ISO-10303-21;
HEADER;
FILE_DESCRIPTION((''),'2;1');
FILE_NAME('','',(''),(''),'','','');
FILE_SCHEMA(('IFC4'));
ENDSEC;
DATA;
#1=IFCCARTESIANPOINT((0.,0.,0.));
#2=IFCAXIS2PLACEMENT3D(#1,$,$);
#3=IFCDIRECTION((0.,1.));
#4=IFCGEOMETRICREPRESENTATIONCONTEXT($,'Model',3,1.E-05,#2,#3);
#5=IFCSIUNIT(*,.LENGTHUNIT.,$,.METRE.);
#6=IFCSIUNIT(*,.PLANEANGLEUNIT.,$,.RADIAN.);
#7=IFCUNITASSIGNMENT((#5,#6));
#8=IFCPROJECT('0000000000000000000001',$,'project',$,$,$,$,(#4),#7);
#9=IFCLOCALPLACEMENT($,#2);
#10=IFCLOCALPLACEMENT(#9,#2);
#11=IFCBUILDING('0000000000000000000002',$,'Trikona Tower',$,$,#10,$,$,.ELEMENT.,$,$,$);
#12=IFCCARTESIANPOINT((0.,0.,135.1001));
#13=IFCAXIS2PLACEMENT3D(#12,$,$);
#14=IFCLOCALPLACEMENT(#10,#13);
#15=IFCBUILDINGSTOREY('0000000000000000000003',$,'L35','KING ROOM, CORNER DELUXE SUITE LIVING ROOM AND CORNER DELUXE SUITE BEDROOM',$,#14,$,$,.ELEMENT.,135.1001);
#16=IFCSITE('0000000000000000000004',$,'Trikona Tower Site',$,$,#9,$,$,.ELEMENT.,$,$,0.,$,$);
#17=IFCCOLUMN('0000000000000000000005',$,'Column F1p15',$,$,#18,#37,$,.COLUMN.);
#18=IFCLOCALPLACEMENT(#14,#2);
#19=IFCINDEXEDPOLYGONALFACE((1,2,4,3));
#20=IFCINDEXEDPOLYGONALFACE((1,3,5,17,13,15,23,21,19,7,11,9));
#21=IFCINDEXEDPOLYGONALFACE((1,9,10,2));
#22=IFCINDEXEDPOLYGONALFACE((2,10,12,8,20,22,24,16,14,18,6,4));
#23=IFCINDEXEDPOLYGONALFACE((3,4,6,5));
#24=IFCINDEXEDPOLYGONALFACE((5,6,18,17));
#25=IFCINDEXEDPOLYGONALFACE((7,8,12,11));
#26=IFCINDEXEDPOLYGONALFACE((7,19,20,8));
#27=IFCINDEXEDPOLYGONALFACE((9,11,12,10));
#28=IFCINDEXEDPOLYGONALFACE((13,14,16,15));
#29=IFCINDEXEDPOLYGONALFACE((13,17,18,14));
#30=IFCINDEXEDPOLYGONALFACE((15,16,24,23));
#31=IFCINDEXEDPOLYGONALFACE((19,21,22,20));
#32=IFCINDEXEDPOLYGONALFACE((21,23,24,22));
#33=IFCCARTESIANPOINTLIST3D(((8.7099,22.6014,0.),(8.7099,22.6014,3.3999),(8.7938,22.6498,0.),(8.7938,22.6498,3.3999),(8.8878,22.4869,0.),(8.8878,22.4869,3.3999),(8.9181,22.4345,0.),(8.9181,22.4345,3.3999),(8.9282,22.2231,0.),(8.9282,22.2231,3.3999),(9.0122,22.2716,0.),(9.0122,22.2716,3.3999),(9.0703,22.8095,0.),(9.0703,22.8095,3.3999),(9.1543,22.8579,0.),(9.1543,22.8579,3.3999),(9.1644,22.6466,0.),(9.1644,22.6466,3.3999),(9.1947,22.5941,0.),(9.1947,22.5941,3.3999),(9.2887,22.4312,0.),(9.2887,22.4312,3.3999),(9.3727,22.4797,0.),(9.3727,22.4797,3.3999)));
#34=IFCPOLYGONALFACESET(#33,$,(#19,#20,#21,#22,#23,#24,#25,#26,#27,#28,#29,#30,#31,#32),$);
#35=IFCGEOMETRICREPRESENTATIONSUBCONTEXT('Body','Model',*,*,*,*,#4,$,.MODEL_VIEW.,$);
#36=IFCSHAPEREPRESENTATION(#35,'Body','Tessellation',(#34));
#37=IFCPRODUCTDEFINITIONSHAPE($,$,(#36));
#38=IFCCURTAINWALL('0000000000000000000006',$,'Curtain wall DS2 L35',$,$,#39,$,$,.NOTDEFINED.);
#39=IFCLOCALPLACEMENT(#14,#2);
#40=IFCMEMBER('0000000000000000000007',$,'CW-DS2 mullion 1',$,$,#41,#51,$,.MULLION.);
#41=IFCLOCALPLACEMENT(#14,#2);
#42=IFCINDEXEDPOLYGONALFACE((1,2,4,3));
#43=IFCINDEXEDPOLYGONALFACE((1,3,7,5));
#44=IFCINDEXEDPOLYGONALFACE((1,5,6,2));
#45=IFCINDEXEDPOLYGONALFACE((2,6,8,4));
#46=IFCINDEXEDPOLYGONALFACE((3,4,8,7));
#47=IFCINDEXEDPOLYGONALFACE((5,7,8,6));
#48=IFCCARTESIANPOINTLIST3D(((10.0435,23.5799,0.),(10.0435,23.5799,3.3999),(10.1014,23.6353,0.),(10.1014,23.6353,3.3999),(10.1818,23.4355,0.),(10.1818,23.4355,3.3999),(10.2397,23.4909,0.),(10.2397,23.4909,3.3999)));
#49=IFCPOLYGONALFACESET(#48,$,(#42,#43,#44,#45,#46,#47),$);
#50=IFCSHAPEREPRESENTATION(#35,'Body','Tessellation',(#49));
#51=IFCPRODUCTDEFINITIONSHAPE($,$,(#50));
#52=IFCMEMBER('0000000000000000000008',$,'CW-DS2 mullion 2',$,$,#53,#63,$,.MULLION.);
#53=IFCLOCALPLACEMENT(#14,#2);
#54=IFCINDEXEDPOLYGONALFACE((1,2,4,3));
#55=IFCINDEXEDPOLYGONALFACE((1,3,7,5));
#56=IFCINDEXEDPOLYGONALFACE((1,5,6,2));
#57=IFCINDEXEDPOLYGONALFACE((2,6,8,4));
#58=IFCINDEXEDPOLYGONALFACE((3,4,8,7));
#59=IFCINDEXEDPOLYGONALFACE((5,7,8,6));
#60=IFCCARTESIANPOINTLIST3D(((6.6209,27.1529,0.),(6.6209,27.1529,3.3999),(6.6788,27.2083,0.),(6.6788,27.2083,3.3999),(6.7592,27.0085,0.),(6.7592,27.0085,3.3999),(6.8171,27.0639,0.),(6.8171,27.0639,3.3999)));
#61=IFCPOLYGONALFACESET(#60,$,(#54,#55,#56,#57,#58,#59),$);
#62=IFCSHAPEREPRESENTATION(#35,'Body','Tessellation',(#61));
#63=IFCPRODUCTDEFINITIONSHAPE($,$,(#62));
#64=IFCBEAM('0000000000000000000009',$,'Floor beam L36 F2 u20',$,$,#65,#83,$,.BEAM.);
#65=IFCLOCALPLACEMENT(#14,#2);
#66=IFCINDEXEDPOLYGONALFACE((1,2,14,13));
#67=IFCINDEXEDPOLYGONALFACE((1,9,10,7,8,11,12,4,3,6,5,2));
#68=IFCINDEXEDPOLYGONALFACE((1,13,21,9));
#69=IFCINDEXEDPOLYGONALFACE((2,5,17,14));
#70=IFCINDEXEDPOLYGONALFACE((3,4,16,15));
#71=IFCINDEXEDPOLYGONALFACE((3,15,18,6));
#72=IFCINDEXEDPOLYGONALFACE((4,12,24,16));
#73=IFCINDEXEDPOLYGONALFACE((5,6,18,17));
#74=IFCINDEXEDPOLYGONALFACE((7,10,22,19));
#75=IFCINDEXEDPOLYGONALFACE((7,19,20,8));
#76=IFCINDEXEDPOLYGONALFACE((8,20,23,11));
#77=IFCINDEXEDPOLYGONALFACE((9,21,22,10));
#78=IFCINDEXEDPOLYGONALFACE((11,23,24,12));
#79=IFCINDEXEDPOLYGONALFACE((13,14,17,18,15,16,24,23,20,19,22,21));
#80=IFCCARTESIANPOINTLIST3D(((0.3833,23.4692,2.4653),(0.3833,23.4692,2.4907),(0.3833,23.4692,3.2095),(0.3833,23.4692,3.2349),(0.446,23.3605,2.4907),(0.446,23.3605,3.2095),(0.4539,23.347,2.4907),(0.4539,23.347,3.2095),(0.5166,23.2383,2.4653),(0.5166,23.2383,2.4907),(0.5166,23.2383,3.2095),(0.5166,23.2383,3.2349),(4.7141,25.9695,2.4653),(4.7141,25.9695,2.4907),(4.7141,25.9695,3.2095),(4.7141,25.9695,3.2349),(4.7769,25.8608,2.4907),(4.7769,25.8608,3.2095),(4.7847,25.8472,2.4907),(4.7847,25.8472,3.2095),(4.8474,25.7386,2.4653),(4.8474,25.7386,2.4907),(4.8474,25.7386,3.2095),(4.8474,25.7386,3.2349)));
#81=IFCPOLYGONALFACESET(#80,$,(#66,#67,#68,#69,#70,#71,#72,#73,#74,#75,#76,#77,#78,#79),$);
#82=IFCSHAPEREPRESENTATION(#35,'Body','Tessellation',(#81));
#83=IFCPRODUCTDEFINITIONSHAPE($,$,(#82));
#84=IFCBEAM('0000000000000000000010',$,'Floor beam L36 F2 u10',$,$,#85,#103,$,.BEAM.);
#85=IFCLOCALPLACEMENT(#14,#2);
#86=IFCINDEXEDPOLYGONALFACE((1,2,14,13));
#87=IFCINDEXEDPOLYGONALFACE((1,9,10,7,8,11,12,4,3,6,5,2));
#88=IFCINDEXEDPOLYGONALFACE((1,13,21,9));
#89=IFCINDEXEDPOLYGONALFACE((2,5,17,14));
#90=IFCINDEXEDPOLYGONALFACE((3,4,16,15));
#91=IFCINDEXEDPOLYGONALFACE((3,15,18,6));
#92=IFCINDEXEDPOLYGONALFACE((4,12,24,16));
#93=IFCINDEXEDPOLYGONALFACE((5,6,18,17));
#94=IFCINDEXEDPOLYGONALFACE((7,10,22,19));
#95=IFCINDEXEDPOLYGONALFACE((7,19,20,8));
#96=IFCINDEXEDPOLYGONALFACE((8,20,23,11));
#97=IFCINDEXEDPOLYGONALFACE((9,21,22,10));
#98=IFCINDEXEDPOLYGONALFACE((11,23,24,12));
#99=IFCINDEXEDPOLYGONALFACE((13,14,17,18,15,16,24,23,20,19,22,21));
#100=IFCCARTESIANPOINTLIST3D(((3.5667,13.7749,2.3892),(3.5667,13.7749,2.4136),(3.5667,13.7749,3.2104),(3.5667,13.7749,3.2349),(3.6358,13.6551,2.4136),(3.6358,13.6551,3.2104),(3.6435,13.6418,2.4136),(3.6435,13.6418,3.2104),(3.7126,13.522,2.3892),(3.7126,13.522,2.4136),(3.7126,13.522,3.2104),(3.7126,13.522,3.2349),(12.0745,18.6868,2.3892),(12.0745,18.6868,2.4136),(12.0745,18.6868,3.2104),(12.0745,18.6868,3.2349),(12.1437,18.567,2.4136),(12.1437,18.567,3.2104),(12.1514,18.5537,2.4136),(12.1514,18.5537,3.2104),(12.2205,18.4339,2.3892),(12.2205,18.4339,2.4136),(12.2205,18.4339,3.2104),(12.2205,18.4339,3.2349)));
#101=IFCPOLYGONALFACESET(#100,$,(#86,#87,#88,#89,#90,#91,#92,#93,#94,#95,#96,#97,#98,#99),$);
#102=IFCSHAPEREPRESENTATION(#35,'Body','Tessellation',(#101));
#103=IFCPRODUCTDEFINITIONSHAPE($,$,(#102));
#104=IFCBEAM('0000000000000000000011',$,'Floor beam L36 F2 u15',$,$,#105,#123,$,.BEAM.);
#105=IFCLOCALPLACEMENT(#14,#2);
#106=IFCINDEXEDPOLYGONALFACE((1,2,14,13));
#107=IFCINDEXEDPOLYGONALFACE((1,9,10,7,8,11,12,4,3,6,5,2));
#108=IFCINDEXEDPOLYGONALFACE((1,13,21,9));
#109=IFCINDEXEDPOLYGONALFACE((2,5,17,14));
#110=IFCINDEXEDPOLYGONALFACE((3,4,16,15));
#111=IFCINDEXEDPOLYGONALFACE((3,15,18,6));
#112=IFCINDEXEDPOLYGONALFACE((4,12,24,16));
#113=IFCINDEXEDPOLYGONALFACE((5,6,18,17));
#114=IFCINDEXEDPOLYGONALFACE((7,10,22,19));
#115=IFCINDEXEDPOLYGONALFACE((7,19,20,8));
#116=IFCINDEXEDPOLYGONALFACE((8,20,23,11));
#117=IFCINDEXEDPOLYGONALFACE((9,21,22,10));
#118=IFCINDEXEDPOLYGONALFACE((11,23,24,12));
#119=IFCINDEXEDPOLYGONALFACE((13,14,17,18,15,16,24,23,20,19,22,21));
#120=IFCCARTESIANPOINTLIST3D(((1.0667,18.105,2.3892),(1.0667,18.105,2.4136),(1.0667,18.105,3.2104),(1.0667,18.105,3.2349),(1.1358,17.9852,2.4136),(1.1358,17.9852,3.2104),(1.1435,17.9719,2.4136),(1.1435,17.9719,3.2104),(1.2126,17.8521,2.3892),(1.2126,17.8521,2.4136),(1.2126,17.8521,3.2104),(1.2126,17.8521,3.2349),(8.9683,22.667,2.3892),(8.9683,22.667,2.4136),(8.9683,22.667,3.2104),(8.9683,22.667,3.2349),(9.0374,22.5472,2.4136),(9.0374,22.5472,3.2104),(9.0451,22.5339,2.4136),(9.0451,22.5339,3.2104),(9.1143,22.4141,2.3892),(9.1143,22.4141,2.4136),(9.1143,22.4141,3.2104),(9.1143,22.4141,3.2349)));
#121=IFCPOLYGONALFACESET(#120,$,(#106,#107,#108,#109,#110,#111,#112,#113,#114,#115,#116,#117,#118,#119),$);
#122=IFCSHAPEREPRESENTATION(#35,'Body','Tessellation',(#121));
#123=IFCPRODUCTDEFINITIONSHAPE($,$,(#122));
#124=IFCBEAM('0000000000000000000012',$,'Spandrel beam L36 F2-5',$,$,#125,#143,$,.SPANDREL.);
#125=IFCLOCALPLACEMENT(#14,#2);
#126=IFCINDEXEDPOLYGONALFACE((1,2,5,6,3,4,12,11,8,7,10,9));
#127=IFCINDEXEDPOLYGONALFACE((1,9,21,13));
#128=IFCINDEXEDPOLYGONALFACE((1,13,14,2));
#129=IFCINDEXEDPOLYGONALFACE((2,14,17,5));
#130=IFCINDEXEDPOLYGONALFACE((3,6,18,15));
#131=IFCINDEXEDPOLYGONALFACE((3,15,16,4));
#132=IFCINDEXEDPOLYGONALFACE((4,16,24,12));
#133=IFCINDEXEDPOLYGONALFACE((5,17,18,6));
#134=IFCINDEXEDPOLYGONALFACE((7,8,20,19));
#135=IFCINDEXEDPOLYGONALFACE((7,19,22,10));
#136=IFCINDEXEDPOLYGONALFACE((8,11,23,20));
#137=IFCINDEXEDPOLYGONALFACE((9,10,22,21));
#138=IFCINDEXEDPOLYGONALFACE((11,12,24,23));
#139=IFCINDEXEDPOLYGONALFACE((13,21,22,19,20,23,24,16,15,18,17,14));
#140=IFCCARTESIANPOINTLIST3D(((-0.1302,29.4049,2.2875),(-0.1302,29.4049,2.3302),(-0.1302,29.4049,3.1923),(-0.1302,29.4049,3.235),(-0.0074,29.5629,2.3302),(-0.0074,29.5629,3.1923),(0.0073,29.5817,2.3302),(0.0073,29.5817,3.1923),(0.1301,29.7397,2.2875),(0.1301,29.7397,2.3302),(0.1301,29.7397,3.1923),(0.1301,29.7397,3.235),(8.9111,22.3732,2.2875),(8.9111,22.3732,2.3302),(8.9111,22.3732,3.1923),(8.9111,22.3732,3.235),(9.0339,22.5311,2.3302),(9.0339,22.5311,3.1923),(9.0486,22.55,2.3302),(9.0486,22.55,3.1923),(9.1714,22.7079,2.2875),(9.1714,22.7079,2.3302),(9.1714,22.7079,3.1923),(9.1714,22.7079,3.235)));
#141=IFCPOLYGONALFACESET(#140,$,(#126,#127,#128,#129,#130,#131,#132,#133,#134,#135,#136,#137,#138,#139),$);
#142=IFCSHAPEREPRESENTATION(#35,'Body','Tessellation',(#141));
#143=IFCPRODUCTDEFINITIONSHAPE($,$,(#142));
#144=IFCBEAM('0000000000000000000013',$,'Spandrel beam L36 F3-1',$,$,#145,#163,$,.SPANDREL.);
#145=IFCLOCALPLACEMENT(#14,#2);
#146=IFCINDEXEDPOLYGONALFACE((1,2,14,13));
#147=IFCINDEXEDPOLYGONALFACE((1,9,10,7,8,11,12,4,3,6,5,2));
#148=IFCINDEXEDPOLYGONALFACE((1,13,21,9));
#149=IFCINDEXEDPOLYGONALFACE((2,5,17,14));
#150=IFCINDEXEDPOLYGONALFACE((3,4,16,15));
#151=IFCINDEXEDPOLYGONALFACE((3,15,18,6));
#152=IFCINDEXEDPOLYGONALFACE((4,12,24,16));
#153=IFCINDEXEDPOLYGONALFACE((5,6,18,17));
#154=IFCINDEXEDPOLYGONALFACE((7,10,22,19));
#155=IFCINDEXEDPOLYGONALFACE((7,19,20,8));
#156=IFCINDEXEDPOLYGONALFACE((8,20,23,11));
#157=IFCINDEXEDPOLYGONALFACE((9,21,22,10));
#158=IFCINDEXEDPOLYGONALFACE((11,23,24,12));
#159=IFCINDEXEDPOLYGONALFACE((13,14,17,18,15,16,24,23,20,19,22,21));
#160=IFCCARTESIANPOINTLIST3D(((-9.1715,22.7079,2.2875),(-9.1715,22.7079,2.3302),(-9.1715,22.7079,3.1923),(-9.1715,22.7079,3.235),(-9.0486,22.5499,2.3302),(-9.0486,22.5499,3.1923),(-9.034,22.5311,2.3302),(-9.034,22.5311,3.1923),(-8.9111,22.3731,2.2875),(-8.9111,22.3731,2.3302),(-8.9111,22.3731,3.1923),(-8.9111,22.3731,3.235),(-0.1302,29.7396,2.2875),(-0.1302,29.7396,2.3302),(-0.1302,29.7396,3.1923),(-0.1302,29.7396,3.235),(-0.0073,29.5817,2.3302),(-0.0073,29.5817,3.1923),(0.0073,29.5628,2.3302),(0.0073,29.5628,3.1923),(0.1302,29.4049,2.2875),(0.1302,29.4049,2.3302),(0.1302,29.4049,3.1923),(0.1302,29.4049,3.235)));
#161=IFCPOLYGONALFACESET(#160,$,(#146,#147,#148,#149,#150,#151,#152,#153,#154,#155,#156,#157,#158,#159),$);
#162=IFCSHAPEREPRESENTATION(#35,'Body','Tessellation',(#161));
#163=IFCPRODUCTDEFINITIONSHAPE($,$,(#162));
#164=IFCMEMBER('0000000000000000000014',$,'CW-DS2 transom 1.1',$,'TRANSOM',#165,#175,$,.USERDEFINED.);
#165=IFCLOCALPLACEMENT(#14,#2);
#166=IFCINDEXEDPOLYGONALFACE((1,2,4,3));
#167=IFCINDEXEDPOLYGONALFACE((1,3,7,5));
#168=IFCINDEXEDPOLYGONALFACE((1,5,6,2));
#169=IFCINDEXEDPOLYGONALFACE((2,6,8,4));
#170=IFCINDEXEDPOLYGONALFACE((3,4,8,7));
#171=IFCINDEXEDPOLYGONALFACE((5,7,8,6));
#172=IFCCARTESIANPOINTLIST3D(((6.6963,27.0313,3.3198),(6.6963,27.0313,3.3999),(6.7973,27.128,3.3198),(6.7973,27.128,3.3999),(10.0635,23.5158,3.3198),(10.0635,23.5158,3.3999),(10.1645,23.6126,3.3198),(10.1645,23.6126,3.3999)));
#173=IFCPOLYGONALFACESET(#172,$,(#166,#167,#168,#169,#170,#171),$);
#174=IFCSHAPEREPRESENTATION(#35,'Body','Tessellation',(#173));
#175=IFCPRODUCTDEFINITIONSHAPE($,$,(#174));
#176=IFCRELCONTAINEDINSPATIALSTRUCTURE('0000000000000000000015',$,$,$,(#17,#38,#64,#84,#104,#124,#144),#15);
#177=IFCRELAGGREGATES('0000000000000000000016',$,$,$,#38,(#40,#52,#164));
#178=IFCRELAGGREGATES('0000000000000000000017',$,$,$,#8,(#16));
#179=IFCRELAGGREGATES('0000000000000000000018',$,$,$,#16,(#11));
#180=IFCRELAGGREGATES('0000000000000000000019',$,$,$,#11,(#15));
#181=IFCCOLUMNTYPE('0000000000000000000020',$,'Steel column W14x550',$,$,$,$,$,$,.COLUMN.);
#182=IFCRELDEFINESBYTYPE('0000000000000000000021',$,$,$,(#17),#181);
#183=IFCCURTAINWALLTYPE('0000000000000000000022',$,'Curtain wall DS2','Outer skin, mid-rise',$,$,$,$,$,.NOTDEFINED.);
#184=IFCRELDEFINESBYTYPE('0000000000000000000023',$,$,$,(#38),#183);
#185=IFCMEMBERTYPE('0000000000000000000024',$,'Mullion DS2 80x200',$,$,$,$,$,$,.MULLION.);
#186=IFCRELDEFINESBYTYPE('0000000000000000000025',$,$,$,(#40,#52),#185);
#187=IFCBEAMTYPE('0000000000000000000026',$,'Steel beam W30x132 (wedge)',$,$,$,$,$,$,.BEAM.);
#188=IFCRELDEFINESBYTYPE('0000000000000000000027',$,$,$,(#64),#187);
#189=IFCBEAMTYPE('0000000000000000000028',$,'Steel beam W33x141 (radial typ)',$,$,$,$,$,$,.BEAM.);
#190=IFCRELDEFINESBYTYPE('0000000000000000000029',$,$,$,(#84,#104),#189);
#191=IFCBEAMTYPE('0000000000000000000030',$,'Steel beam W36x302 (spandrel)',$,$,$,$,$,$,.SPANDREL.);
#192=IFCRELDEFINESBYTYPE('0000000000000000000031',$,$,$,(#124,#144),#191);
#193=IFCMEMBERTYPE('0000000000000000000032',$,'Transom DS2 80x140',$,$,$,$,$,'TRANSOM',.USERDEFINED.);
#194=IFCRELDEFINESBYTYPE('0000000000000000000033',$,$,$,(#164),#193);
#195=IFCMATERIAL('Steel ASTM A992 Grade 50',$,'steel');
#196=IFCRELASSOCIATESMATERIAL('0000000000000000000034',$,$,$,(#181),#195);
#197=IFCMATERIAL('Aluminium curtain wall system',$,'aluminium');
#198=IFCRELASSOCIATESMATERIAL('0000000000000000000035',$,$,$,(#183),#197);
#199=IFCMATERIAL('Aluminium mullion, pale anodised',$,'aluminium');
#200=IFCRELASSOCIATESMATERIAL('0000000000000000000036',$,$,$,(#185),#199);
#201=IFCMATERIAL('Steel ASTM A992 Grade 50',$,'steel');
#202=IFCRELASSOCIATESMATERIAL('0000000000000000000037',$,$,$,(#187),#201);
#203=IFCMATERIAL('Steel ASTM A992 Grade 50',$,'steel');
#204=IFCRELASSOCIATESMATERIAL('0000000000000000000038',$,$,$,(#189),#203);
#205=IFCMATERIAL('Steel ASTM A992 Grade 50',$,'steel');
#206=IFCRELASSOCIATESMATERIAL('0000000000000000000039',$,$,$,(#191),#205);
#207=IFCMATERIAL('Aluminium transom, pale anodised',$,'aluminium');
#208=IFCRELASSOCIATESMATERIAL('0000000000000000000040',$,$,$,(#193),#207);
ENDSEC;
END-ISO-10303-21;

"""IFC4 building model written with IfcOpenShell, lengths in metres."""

from ifc_helpers import new_model, si_unit, direction, frame, origin, origin_2d, place, context, subcontext, project, spatial, rectangle, i_section, extrude, material, material_profile, profile_set, type_object, element, aggregate, save


model = new_model("IFC4")

# Units and contexts
model_context = context("Model", 3, precision=1e-05, world=origin(), true_north=direction((0.0, 1.0)))
body_context = subcontext(model_context, "Body", "Model", "MODEL_VIEW")
ifc_project = project(units=[si_unit("LENGTHUNIT", "METRE"), si_unit("PLANEANGLEUNIT", "RADIAN")], contexts=[model_context])

# Site, building, storey
site_placement = place(None, origin())
site = spatial("IfcSite", under=ifc_project, at=site_placement, Name="Trikona Tower Site", CompositionType="ELEMENT", RefElevation=0.0)
building_placement = place(site_placement, origin())
building = spatial("IfcBuilding", under=site, at=building_placement, Name="Trikona Tower", CompositionType="ELEMENT")
storey_placement = place(building_placement, frame((0.0, 0.0, 135.1001)))
storey = spatial("IfcBuildingStorey", under=building, at=storey_placement, Name="L35", Description="KING ROOM, CORNER DELUXE SUITE LIVING ROOM AND CORNER DELUXE SUITE BEDROOM", CompositionType="ELEMENT", Elevation=135.1001)

# Column
ifc_material_1 = material(Name="Steel ASTM A992 Grade 50", Category="steel")
ifc_material_profile_1 = material_profile(ifc_material_1, i_section(OverallWidth=0.4368, OverallDepth=0.5132, WebThickness=0.0605, FlangeThickness=0.0969, at=origin_2d()), Name="W14X550")
ifc_profile_set_1 = profile_set([ifc_material_profile_1], Name="Steel ASTM A992 Grade 50")
column_type = type_object("IfcColumnType", Name="Steel column W14x550", PredefinedType="COLUMN", material=ifc_profile_set_1)
column_placement = place(storey_placement, frame((9.0413, 22.5405, 0.0), z_axis=(0.0, 0.0, 1.0), x_axis=(-0.5, 0.866025, 0.0)))
element("IfcColumn", 1, at=column_placement, inside=storey, type_object=column_type, Name="Column F1p15", PredefinedType="COLUMN", context=body_context, shape_type="SweptSolid", body=[
    extrude(i_section(OverallWidth=0.4368, OverallDepth=0.5132, WebThickness=0.0605, FlangeThickness=0.0969, at=origin_2d()), origin(), (0.0, 0.0, 1.0), 3.3999),
])

# Curtain wall, members
ifc_material_2 = material(Name="Aluminium curtain wall system", Category="aluminium")
curtain_wall_type = type_object("IfcCurtainWallType", Name="Curtain wall DS2", Description="Outer skin, mid-rise", PredefinedType="NOTDEFINED", material=ifc_material_2)
curtain_wall_placement = place(storey_placement, origin())
curtain_wall = element("IfcCurtainWall", 2, at=curtain_wall_placement, inside=storey, type_object=curtain_wall_type, Name="Curtain wall DS2 L35", PredefinedType="NOTDEFINED")
ifc_material_3 = material(Name="Aluminium mullion, pale anodised", Category="aluminium")
ifc_material_profile_2 = material_profile(ifc_material_3, rectangle(XDim=0.0801, YDim=0.2, at=origin_2d()), Name="MUL-DS2")
ifc_profile_set_2 = profile_set([ifc_material_profile_2], Name="Aluminium mullion, pale anodised")
member_type_1 = type_object("IfcMemberType", Name="Mullion DS2 80x200", PredefinedType="MULLION", material=ifc_profile_set_2)
member_1_placement = place(storey_placement, frame((10.1416, 23.5354, 0.0), z_axis=(0.0, 0.0, 1.0), x_axis=(-0.722158, -0.691728, 0.0)))
member_1 = element("IfcMember", 3, at=member_1_placement, type_object=member_type_1, Name="CW-DS2 mullion 1", PredefinedType="MULLION", context=body_context, shape_type="SweptSolid", body=[
    extrude(rectangle(XDim=0.0801, YDim=0.2, at=origin_2d()), origin(), (0.0, 0.0, 1.0), 3.3999),
])
member_2_placement = place(storey_placement, frame((6.719, 27.1084, 0.0), z_axis=(0.0, 0.0, 1.0), x_axis=(-0.722158, -0.691728, 0.0)))
member_2 = element("IfcMember", 4, at=member_2_placement, type_object=member_type_1, Name="CW-DS2 mullion 2", PredefinedType="MULLION", context=body_context, shape_type="SweptSolid", body=[
    extrude(rectangle(XDim=0.0801, YDim=0.2, at=origin_2d()), origin(), (0.0, 0.0, 1.0), 3.3999),
])

# Beams
ifc_material_4 = material(Name="Steel ASTM A992 Grade 50", Category="steel")
ifc_material_profile_3 = material_profile(ifc_material_4, i_section(OverallWidth=0.2666, OverallDepth=0.7695, WebThickness=0.0156, FlangeThickness=0.0254, at=origin_2d()), Name="W30X132")
ifc_profile_set_3 = profile_set([ifc_material_profile_3], Name="Steel ASTM A992 Grade 50")
beam_type_1 = type_object("IfcBeamType", Name="Steel beam W30x132 (wedge)", PredefinedType="BEAM", material=ifc_profile_set_3)
beam_1_placement = place(storey_placement, frame((0.45, 23.3538, 2.8501), z_axis=(0.866038, 0.499977, 0.0), x_axis=(-0.499977, 0.866038, 0.0)))
element("IfcBeam", 5, at=beam_1_placement, inside=storey, type_object=beam_type_1, Name="Floor beam L36 F2 u20", PredefinedType="BEAM", context=body_context, shape_type="SweptSolid", body=[
    extrude(i_section(OverallWidth=0.2666, OverallDepth=0.7695, WebThickness=0.0156, FlangeThickness=0.0254, at=origin_2d()), origin(), (0.0, 0.0, 1.0), 5.0007),
])
ifc_material_5 = material(Name="Steel ASTM A992 Grade 50", Category="steel")
ifc_material_profile_4 = material_profile(ifc_material_5, i_section(OverallWidth=0.292, OverallDepth=0.8457, WebThickness=0.0154, FlangeThickness=0.0244, at=origin_2d()), Name="W33X141")
ifc_profile_set_4 = profile_set([ifc_material_profile_4], Name="Steel ASTM A992 Grade 50")
beam_type_2 = type_object("IfcBeamType", Name="Steel beam W33x141 (radial typ)", PredefinedType="BEAM", material=ifc_profile_set_4)
beam_2_placement = place(storey_placement, frame((3.6396, 13.6484, 2.812), z_axis=(0.866031, 0.499991, 0.0), x_axis=(-0.499991, 0.866031, 0.0)))
element("IfcBeam", 6, at=beam_2_placement, inside=storey, type_object=beam_type_2, Name="Floor beam L36 F2 u10", PredefinedType="BEAM", context=body_context, shape_type="SweptSolid", body=[
    extrude(i_section(OverallWidth=0.292, OverallDepth=0.8457, WebThickness=0.0154, FlangeThickness=0.0244, at=origin_2d()), origin(), (0.0, 0.0, 1.0), 9.824),
])
beam_3_placement = place(storey_placement, frame((1.1396, 17.9785, 2.812), z_axis=(0.866025, 0.500001, 0.0), x_axis=(-0.500001, 0.866025, 0.0)))
element("IfcBeam", 7, at=beam_3_placement, inside=storey, type_object=beam_type_2, Name="Floor beam L36 F2 u15", PredefinedType="BEAM", context=body_context, shape_type="SweptSolid", body=[
    extrude(i_section(OverallWidth=0.292, OverallDepth=0.8457, WebThickness=0.0154, FlangeThickness=0.0244, at=origin_2d()), origin(), (0.0, 0.0, 1.0), 9.124),
])
ifc_material_6 = material(Name="Steel ASTM A992 Grade 50", Category="steel")
ifc_material_profile_5 = material_profile(ifc_material_6, i_section(OverallWidth=0.4241, OverallDepth=0.9475, WebThickness=0.0239, FlangeThickness=0.0427, at=origin_2d()), Name="W36X302")
ifc_profile_set_5 = profile_set([ifc_material_profile_5], Name="Steel ASTM A992 Grade 50")
beam_type_3 = type_object("IfcBeamType", Name="Steel beam W36x302 (spandrel)", PredefinedType="SPANDREL", material=ifc_profile_set_5)
for number, where, z_axis, x_axis, name in (
    (8, (9.0413, 22.5405, 2.7612), (-0.789367, 0.613921, 0.0), (-0.613921, -0.789367, 0.0), "Spandrel beam L36 F2-5"),
    (9, (0.0, 29.5723, 2.7612), (-0.789367, -0.613921, 0.0), (0.613921, -0.789367, 0.0), "Spandrel beam L36 F3-1"),
):
    element("IfcBeam", number, at=place(storey_placement, frame(where, z_axis=z_axis, x_axis=x_axis)), inside=storey, type_object=beam_type_3, Name=name, PredefinedType="SPANDREL", context=body_context, shape_type="SweptSolid", body=[
        extrude(i_section(OverallWidth=0.4241, OverallDepth=0.9475, WebThickness=0.0239, FlangeThickness=0.0427, at=origin_2d()), origin(), (0.0, 0.0, 1.0), 11.4539),
    ])

# Member
ifc_material_7 = material(Name="Aluminium transom, pale anodised", Category="aluminium")
ifc_material_profile_6 = material_profile(ifc_material_7, rectangle(XDim=0.1399, YDim=0.0801, at=origin_2d()), Name="TRN-DS2")
ifc_profile_set_6 = profile_set([ifc_material_profile_6], Name="Aluminium transom, pale anodised")
member_type_2 = type_object("IfcMemberType", Name="Transom DS2 80x140", ElementType="TRANSOM", PredefinedType="USERDEFINED", material=ifc_profile_set_6)
member_3_placement = place(storey_placement, frame((10.114, 23.5642, 3.3599), z_axis=(-0.691721, 0.722165, 0.0), x_axis=(-0.722165, -0.691721, 0.0)))
member_3 = element("IfcMember", 10, at=member_3_placement, type_object=member_type_2, Name="CW-DS2 transom 1.1", ObjectType="TRANSOM", PredefinedType="USERDEFINED", context=body_context, shape_type="SweptSolid", body=[
    extrude(rectangle(XDim=0.1399, YDim=0.0801, at=origin_2d()), origin(), (0.0, 0.0, 1.0), 4.8679),
])

aggregate(curtain_wall, [member_1, member_2, member_3])

save(model, "model.ifc")
